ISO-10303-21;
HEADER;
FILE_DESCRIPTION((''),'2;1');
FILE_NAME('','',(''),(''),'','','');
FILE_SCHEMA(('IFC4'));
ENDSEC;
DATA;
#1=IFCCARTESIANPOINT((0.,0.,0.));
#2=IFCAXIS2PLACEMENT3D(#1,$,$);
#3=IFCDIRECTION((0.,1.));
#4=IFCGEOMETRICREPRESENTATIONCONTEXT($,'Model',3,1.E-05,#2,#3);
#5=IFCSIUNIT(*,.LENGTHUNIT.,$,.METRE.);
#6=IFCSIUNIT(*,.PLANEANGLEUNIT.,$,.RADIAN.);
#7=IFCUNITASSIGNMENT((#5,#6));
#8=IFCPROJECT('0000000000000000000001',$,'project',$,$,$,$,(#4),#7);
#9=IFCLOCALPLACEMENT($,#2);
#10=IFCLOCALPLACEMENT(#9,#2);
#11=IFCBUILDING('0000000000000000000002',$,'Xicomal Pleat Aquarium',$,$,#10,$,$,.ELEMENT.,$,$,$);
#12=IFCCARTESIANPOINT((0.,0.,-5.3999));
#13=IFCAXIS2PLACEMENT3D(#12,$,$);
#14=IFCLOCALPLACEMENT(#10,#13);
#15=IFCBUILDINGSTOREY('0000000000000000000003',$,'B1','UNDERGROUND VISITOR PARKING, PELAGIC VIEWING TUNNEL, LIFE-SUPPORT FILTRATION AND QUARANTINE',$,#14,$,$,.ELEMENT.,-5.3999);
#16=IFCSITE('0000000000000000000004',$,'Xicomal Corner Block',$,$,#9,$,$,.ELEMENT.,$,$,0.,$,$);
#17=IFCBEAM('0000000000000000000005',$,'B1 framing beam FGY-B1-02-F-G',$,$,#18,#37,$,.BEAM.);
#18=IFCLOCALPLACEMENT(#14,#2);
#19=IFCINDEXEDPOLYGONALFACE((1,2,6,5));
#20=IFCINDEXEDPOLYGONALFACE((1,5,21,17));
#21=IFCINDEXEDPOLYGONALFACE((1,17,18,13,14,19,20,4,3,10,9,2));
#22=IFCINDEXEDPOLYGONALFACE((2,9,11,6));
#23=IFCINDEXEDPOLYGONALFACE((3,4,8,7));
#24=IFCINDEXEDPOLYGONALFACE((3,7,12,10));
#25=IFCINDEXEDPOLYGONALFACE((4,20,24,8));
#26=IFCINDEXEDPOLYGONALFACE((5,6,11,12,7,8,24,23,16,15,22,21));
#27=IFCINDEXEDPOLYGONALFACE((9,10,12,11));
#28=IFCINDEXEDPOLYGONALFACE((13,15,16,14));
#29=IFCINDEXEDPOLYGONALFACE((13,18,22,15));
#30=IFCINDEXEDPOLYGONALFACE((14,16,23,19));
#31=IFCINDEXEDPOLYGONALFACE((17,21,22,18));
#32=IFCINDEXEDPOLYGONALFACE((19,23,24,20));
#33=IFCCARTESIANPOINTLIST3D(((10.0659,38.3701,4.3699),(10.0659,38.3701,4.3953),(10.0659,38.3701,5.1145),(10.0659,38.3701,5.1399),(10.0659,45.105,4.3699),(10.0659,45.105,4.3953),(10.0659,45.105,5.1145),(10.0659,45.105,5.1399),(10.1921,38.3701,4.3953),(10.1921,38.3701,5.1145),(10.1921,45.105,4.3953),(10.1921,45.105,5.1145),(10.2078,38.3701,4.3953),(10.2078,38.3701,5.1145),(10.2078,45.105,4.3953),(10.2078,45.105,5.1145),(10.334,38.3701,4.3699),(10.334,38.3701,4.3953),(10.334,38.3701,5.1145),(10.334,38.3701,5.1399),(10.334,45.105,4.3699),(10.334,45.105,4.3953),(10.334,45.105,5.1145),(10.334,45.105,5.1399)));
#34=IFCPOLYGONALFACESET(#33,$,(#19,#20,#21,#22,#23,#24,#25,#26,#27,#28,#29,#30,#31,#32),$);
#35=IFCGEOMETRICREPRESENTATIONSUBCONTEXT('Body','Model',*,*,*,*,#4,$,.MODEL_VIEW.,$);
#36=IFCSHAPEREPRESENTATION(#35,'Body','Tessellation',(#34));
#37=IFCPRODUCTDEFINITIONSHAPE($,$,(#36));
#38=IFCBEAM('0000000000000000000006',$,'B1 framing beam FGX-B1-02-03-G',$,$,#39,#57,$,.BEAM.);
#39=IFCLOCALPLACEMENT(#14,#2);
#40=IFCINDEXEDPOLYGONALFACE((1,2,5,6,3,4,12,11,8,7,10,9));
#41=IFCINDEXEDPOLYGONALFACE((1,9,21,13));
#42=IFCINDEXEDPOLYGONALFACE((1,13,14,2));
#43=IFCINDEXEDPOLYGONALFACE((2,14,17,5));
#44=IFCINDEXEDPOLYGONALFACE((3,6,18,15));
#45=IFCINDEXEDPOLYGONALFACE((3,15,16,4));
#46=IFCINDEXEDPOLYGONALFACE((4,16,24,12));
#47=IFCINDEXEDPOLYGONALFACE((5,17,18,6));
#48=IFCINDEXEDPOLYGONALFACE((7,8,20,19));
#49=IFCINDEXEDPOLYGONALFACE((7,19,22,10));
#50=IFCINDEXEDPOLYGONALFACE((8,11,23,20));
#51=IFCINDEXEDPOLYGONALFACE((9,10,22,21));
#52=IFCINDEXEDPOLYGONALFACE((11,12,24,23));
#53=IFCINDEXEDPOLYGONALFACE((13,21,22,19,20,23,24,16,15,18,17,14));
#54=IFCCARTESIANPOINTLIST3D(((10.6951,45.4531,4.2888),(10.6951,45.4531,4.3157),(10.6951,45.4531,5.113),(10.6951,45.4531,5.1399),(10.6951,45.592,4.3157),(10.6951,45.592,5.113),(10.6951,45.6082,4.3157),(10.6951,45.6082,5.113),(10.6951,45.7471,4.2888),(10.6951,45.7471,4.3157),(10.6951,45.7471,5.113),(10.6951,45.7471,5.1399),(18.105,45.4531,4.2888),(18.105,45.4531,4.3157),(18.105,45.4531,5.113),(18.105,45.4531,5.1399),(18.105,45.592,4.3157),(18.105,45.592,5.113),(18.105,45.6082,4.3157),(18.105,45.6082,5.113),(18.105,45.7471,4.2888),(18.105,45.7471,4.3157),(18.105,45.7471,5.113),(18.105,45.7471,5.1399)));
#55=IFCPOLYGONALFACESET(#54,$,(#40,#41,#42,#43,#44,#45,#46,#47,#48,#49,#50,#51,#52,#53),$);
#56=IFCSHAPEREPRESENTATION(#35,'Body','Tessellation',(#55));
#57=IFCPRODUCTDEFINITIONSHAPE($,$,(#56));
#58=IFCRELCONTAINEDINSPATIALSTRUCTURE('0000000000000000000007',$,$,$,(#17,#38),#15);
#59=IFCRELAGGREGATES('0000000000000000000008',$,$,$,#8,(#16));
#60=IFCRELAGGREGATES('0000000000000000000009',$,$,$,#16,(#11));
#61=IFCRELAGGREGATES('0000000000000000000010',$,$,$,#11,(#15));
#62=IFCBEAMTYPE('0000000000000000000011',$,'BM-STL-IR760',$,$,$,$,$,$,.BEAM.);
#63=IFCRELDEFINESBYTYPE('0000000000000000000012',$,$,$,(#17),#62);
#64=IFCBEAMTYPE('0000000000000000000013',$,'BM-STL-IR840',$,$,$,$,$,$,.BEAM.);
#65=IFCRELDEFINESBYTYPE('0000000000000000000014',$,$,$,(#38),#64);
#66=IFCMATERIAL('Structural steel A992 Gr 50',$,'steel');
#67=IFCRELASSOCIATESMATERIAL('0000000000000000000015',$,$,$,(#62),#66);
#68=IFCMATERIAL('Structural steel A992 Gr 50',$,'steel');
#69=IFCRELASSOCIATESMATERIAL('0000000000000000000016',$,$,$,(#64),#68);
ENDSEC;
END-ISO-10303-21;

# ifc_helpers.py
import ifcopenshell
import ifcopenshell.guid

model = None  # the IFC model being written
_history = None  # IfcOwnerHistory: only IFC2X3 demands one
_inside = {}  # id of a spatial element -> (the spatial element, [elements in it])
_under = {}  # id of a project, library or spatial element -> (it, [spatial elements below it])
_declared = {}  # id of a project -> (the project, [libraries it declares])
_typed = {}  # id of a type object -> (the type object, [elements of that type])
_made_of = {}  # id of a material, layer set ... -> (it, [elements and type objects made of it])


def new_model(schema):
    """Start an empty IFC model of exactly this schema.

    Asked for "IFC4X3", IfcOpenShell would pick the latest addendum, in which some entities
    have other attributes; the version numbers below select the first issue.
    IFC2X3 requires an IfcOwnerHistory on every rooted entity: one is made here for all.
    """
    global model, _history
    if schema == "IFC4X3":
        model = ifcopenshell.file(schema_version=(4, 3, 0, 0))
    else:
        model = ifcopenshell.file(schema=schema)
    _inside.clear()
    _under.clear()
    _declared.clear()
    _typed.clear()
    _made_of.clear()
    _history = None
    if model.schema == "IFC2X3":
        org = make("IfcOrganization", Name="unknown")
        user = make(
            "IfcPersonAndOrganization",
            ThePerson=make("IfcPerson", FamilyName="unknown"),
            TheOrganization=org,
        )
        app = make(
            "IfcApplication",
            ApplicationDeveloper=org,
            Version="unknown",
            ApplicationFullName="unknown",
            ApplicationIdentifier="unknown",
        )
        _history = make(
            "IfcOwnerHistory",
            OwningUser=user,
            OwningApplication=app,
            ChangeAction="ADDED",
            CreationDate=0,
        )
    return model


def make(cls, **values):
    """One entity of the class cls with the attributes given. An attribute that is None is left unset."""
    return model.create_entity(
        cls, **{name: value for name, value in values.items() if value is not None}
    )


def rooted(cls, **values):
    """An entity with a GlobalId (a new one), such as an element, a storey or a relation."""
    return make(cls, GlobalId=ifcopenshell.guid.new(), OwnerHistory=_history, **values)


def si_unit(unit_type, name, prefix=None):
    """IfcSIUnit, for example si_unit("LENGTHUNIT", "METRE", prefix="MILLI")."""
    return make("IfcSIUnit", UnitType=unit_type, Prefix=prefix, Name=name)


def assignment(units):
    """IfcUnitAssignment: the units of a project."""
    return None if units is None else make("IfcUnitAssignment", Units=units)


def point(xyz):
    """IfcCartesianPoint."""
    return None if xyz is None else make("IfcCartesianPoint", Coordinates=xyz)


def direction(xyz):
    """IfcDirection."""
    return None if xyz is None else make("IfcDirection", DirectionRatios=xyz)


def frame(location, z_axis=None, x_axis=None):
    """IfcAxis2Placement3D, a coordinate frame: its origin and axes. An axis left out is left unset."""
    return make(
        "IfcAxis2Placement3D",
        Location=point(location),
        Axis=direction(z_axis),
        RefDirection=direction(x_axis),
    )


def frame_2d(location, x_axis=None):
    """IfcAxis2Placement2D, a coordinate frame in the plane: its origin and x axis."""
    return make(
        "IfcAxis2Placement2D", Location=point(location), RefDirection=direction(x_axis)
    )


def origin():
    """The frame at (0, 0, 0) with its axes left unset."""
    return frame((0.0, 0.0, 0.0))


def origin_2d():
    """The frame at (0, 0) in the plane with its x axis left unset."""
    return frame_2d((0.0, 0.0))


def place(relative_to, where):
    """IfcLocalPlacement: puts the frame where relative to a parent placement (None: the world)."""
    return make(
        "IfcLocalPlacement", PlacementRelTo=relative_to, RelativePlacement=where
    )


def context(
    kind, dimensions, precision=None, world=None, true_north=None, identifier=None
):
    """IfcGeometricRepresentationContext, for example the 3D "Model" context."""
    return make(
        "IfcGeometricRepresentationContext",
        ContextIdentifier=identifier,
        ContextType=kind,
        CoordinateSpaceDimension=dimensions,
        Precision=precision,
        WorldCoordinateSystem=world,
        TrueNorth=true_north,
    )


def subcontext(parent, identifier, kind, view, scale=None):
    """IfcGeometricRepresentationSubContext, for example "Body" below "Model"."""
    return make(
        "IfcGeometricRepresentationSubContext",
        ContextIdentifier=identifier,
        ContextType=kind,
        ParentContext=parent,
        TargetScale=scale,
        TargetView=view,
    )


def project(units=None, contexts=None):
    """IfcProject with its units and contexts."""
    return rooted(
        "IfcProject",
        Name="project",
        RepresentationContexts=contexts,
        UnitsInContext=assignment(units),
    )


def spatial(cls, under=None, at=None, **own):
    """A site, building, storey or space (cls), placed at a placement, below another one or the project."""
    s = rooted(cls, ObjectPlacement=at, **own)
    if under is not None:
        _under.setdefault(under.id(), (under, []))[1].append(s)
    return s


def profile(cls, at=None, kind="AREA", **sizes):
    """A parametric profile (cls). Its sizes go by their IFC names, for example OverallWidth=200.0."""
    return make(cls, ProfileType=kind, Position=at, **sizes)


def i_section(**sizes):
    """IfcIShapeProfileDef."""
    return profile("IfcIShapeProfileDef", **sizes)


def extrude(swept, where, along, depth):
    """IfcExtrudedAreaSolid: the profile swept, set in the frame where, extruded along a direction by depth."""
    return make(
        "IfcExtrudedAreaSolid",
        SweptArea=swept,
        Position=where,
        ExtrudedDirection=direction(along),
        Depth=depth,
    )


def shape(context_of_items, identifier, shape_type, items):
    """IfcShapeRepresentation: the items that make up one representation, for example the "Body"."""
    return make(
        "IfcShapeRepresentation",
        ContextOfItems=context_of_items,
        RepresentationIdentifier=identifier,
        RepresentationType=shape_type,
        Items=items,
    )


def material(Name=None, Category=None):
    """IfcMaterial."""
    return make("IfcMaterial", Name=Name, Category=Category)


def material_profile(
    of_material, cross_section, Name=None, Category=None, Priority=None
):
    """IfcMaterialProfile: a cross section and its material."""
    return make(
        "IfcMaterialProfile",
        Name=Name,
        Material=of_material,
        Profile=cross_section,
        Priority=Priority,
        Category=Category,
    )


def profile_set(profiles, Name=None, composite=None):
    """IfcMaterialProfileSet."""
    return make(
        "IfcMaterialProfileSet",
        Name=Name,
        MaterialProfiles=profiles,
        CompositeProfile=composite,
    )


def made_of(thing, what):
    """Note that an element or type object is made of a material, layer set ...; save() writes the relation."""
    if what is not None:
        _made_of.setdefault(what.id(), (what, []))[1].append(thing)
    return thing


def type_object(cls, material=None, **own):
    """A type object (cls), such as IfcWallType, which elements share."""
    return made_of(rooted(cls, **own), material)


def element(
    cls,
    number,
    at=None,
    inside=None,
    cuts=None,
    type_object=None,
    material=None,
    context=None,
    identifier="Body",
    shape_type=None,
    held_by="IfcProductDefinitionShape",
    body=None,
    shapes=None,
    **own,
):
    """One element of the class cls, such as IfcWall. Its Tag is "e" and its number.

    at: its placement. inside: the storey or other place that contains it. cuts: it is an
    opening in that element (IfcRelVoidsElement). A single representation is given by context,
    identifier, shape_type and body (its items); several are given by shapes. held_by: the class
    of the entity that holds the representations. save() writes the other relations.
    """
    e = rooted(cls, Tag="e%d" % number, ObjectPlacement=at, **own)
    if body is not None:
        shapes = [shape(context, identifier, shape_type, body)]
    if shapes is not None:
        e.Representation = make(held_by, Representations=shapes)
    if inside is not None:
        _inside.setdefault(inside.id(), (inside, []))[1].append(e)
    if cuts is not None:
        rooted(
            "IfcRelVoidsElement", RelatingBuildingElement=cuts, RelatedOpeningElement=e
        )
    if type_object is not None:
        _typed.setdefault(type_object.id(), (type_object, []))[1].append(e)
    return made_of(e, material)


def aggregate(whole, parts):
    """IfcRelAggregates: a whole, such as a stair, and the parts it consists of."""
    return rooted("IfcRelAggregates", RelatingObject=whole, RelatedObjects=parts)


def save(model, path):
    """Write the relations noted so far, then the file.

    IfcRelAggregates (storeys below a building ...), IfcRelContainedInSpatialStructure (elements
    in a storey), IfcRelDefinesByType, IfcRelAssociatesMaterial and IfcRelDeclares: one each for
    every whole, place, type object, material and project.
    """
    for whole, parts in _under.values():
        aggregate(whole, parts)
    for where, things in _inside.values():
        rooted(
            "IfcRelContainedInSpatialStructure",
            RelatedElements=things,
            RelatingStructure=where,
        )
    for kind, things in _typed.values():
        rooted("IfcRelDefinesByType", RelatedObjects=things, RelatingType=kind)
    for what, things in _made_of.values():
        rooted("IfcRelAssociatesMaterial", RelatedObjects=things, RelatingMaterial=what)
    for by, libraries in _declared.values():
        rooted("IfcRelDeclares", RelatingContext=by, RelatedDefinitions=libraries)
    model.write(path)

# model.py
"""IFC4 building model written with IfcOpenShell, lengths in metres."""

from ifc_helpers import new_model, si_unit, direction, frame, origin, origin_2d, place, context, subcontext, project, spatial, i_section, extrude, material, material_profile, profile_set, type_object, element, save


model = new_model("IFC4")

# Units and contexts
model_context = context("Model", 3, precision=1e-05, world=origin(), true_north=direction((0.0, 1.0)))
body_context = subcontext(model_context, "Body", "Model", "MODEL_VIEW")
ifc_project = project(units=[si_unit("LENGTHUNIT", "METRE"), si_unit("PLANEANGLEUNIT", "RADIAN")], contexts=[model_context])

# Site, building, storey
site_placement = place(None, origin())
site = spatial("IfcSite", under=ifc_project, at=site_placement, Name="Xicomal Corner Block", CompositionType="ELEMENT", RefElevation=0.0)
building_placement = place(site_placement, origin())
building = spatial("IfcBuilding", under=site, at=building_placement, Name="Xicomal Pleat Aquarium", CompositionType="ELEMENT")
storey_placement = place(building_placement, frame((0.0, 0.0, -5.3999)))
storey = spatial("IfcBuildingStorey", under=building, at=storey_placement, Name="B1", Description="UNDERGROUND VISITOR PARKING, PELAGIC VIEWING TUNNEL, LIFE-SUPPORT FILTRATION AND QUARANTINE", CompositionType="ELEMENT", Elevation=-5.3999)

# Beams
ifc_material_1 = material(Name="Structural steel A992 Gr 50", Category="steel")
ifc_material_profile_1 = material_profile(ifc_material_1, i_section(OverallWidth=0.2681, OverallDepth=0.77, WebThickness=0.0156, FlangeThickness=0.0254, at=origin_2d()), Name="IR 760x196")
ifc_profile_set_1 = profile_set([ifc_material_profile_1], Name="Structural steel A992 Gr 50")
beam_type_1 = type_object("IfcBeamType", Name="BM-STL-IR760", PredefinedType="BEAM", material=ifc_profile_set_1)
beam_1_placement = place(storey_placement, frame((10.2, 38.3701, 4.7549), z_axis=(0.0, 1.0, 0.0), x_axis=(-1.0, 0.0, 0.0)))
element("IfcBeam", 1, at=beam_1_placement, inside=storey, type_object=beam_type_1, Name="B1 framing beam FGY-B1-02-F-G", PredefinedType="BEAM", context=body_context, shape_type="SweptSolid", body=[
    extrude(i_section(OverallWidth=0.2681, OverallDepth=0.77, WebThickness=0.0156, FlangeThickness=0.0254, at=origin_2d()), origin(), (0.0, 0.0, 1.0), 6.7349),
])
ifc_material_2 = material(Name="Structural steel A992 Gr 50", Category="steel")
ifc_material_profile_2 = material_profile(ifc_material_2, i_section(OverallWidth=0.2939, OverallDepth=0.8511, WebThickness=0.0161, FlangeThickness=0.0269, at=origin_2d()), Name="IR 840x226")
ifc_profile_set_2 = profile_set([ifc_material_profile_2], Name="Structural steel A992 Gr 50")
beam_type_2 = type_object("IfcBeamType", Name="BM-STL-IR840", PredefinedType="BEAM", material=ifc_profile_set_2)
beam_2_placement = place(storey_placement, frame((10.6951, 45.6001, 4.7144), z_axis=(1.0, 0.0, 0.0), x_axis=(0.0, 1.0, 0.0)))
element("IfcBeam", 2, at=beam_2_placement, inside=storey, type_object=beam_type_2, Name="B1 framing beam FGX-B1-02-03-G", PredefinedType="BEAM", context=body_context, shape_type="SweptSolid", body=[
    extrude(i_section(OverallWidth=0.2939, OverallDepth=0.8511, WebThickness=0.0161, FlangeThickness=0.0269, at=origin_2d()), origin(), (0.0, 0.0, 1.0), 7.4099),
])

save(model, "model.ifc")
